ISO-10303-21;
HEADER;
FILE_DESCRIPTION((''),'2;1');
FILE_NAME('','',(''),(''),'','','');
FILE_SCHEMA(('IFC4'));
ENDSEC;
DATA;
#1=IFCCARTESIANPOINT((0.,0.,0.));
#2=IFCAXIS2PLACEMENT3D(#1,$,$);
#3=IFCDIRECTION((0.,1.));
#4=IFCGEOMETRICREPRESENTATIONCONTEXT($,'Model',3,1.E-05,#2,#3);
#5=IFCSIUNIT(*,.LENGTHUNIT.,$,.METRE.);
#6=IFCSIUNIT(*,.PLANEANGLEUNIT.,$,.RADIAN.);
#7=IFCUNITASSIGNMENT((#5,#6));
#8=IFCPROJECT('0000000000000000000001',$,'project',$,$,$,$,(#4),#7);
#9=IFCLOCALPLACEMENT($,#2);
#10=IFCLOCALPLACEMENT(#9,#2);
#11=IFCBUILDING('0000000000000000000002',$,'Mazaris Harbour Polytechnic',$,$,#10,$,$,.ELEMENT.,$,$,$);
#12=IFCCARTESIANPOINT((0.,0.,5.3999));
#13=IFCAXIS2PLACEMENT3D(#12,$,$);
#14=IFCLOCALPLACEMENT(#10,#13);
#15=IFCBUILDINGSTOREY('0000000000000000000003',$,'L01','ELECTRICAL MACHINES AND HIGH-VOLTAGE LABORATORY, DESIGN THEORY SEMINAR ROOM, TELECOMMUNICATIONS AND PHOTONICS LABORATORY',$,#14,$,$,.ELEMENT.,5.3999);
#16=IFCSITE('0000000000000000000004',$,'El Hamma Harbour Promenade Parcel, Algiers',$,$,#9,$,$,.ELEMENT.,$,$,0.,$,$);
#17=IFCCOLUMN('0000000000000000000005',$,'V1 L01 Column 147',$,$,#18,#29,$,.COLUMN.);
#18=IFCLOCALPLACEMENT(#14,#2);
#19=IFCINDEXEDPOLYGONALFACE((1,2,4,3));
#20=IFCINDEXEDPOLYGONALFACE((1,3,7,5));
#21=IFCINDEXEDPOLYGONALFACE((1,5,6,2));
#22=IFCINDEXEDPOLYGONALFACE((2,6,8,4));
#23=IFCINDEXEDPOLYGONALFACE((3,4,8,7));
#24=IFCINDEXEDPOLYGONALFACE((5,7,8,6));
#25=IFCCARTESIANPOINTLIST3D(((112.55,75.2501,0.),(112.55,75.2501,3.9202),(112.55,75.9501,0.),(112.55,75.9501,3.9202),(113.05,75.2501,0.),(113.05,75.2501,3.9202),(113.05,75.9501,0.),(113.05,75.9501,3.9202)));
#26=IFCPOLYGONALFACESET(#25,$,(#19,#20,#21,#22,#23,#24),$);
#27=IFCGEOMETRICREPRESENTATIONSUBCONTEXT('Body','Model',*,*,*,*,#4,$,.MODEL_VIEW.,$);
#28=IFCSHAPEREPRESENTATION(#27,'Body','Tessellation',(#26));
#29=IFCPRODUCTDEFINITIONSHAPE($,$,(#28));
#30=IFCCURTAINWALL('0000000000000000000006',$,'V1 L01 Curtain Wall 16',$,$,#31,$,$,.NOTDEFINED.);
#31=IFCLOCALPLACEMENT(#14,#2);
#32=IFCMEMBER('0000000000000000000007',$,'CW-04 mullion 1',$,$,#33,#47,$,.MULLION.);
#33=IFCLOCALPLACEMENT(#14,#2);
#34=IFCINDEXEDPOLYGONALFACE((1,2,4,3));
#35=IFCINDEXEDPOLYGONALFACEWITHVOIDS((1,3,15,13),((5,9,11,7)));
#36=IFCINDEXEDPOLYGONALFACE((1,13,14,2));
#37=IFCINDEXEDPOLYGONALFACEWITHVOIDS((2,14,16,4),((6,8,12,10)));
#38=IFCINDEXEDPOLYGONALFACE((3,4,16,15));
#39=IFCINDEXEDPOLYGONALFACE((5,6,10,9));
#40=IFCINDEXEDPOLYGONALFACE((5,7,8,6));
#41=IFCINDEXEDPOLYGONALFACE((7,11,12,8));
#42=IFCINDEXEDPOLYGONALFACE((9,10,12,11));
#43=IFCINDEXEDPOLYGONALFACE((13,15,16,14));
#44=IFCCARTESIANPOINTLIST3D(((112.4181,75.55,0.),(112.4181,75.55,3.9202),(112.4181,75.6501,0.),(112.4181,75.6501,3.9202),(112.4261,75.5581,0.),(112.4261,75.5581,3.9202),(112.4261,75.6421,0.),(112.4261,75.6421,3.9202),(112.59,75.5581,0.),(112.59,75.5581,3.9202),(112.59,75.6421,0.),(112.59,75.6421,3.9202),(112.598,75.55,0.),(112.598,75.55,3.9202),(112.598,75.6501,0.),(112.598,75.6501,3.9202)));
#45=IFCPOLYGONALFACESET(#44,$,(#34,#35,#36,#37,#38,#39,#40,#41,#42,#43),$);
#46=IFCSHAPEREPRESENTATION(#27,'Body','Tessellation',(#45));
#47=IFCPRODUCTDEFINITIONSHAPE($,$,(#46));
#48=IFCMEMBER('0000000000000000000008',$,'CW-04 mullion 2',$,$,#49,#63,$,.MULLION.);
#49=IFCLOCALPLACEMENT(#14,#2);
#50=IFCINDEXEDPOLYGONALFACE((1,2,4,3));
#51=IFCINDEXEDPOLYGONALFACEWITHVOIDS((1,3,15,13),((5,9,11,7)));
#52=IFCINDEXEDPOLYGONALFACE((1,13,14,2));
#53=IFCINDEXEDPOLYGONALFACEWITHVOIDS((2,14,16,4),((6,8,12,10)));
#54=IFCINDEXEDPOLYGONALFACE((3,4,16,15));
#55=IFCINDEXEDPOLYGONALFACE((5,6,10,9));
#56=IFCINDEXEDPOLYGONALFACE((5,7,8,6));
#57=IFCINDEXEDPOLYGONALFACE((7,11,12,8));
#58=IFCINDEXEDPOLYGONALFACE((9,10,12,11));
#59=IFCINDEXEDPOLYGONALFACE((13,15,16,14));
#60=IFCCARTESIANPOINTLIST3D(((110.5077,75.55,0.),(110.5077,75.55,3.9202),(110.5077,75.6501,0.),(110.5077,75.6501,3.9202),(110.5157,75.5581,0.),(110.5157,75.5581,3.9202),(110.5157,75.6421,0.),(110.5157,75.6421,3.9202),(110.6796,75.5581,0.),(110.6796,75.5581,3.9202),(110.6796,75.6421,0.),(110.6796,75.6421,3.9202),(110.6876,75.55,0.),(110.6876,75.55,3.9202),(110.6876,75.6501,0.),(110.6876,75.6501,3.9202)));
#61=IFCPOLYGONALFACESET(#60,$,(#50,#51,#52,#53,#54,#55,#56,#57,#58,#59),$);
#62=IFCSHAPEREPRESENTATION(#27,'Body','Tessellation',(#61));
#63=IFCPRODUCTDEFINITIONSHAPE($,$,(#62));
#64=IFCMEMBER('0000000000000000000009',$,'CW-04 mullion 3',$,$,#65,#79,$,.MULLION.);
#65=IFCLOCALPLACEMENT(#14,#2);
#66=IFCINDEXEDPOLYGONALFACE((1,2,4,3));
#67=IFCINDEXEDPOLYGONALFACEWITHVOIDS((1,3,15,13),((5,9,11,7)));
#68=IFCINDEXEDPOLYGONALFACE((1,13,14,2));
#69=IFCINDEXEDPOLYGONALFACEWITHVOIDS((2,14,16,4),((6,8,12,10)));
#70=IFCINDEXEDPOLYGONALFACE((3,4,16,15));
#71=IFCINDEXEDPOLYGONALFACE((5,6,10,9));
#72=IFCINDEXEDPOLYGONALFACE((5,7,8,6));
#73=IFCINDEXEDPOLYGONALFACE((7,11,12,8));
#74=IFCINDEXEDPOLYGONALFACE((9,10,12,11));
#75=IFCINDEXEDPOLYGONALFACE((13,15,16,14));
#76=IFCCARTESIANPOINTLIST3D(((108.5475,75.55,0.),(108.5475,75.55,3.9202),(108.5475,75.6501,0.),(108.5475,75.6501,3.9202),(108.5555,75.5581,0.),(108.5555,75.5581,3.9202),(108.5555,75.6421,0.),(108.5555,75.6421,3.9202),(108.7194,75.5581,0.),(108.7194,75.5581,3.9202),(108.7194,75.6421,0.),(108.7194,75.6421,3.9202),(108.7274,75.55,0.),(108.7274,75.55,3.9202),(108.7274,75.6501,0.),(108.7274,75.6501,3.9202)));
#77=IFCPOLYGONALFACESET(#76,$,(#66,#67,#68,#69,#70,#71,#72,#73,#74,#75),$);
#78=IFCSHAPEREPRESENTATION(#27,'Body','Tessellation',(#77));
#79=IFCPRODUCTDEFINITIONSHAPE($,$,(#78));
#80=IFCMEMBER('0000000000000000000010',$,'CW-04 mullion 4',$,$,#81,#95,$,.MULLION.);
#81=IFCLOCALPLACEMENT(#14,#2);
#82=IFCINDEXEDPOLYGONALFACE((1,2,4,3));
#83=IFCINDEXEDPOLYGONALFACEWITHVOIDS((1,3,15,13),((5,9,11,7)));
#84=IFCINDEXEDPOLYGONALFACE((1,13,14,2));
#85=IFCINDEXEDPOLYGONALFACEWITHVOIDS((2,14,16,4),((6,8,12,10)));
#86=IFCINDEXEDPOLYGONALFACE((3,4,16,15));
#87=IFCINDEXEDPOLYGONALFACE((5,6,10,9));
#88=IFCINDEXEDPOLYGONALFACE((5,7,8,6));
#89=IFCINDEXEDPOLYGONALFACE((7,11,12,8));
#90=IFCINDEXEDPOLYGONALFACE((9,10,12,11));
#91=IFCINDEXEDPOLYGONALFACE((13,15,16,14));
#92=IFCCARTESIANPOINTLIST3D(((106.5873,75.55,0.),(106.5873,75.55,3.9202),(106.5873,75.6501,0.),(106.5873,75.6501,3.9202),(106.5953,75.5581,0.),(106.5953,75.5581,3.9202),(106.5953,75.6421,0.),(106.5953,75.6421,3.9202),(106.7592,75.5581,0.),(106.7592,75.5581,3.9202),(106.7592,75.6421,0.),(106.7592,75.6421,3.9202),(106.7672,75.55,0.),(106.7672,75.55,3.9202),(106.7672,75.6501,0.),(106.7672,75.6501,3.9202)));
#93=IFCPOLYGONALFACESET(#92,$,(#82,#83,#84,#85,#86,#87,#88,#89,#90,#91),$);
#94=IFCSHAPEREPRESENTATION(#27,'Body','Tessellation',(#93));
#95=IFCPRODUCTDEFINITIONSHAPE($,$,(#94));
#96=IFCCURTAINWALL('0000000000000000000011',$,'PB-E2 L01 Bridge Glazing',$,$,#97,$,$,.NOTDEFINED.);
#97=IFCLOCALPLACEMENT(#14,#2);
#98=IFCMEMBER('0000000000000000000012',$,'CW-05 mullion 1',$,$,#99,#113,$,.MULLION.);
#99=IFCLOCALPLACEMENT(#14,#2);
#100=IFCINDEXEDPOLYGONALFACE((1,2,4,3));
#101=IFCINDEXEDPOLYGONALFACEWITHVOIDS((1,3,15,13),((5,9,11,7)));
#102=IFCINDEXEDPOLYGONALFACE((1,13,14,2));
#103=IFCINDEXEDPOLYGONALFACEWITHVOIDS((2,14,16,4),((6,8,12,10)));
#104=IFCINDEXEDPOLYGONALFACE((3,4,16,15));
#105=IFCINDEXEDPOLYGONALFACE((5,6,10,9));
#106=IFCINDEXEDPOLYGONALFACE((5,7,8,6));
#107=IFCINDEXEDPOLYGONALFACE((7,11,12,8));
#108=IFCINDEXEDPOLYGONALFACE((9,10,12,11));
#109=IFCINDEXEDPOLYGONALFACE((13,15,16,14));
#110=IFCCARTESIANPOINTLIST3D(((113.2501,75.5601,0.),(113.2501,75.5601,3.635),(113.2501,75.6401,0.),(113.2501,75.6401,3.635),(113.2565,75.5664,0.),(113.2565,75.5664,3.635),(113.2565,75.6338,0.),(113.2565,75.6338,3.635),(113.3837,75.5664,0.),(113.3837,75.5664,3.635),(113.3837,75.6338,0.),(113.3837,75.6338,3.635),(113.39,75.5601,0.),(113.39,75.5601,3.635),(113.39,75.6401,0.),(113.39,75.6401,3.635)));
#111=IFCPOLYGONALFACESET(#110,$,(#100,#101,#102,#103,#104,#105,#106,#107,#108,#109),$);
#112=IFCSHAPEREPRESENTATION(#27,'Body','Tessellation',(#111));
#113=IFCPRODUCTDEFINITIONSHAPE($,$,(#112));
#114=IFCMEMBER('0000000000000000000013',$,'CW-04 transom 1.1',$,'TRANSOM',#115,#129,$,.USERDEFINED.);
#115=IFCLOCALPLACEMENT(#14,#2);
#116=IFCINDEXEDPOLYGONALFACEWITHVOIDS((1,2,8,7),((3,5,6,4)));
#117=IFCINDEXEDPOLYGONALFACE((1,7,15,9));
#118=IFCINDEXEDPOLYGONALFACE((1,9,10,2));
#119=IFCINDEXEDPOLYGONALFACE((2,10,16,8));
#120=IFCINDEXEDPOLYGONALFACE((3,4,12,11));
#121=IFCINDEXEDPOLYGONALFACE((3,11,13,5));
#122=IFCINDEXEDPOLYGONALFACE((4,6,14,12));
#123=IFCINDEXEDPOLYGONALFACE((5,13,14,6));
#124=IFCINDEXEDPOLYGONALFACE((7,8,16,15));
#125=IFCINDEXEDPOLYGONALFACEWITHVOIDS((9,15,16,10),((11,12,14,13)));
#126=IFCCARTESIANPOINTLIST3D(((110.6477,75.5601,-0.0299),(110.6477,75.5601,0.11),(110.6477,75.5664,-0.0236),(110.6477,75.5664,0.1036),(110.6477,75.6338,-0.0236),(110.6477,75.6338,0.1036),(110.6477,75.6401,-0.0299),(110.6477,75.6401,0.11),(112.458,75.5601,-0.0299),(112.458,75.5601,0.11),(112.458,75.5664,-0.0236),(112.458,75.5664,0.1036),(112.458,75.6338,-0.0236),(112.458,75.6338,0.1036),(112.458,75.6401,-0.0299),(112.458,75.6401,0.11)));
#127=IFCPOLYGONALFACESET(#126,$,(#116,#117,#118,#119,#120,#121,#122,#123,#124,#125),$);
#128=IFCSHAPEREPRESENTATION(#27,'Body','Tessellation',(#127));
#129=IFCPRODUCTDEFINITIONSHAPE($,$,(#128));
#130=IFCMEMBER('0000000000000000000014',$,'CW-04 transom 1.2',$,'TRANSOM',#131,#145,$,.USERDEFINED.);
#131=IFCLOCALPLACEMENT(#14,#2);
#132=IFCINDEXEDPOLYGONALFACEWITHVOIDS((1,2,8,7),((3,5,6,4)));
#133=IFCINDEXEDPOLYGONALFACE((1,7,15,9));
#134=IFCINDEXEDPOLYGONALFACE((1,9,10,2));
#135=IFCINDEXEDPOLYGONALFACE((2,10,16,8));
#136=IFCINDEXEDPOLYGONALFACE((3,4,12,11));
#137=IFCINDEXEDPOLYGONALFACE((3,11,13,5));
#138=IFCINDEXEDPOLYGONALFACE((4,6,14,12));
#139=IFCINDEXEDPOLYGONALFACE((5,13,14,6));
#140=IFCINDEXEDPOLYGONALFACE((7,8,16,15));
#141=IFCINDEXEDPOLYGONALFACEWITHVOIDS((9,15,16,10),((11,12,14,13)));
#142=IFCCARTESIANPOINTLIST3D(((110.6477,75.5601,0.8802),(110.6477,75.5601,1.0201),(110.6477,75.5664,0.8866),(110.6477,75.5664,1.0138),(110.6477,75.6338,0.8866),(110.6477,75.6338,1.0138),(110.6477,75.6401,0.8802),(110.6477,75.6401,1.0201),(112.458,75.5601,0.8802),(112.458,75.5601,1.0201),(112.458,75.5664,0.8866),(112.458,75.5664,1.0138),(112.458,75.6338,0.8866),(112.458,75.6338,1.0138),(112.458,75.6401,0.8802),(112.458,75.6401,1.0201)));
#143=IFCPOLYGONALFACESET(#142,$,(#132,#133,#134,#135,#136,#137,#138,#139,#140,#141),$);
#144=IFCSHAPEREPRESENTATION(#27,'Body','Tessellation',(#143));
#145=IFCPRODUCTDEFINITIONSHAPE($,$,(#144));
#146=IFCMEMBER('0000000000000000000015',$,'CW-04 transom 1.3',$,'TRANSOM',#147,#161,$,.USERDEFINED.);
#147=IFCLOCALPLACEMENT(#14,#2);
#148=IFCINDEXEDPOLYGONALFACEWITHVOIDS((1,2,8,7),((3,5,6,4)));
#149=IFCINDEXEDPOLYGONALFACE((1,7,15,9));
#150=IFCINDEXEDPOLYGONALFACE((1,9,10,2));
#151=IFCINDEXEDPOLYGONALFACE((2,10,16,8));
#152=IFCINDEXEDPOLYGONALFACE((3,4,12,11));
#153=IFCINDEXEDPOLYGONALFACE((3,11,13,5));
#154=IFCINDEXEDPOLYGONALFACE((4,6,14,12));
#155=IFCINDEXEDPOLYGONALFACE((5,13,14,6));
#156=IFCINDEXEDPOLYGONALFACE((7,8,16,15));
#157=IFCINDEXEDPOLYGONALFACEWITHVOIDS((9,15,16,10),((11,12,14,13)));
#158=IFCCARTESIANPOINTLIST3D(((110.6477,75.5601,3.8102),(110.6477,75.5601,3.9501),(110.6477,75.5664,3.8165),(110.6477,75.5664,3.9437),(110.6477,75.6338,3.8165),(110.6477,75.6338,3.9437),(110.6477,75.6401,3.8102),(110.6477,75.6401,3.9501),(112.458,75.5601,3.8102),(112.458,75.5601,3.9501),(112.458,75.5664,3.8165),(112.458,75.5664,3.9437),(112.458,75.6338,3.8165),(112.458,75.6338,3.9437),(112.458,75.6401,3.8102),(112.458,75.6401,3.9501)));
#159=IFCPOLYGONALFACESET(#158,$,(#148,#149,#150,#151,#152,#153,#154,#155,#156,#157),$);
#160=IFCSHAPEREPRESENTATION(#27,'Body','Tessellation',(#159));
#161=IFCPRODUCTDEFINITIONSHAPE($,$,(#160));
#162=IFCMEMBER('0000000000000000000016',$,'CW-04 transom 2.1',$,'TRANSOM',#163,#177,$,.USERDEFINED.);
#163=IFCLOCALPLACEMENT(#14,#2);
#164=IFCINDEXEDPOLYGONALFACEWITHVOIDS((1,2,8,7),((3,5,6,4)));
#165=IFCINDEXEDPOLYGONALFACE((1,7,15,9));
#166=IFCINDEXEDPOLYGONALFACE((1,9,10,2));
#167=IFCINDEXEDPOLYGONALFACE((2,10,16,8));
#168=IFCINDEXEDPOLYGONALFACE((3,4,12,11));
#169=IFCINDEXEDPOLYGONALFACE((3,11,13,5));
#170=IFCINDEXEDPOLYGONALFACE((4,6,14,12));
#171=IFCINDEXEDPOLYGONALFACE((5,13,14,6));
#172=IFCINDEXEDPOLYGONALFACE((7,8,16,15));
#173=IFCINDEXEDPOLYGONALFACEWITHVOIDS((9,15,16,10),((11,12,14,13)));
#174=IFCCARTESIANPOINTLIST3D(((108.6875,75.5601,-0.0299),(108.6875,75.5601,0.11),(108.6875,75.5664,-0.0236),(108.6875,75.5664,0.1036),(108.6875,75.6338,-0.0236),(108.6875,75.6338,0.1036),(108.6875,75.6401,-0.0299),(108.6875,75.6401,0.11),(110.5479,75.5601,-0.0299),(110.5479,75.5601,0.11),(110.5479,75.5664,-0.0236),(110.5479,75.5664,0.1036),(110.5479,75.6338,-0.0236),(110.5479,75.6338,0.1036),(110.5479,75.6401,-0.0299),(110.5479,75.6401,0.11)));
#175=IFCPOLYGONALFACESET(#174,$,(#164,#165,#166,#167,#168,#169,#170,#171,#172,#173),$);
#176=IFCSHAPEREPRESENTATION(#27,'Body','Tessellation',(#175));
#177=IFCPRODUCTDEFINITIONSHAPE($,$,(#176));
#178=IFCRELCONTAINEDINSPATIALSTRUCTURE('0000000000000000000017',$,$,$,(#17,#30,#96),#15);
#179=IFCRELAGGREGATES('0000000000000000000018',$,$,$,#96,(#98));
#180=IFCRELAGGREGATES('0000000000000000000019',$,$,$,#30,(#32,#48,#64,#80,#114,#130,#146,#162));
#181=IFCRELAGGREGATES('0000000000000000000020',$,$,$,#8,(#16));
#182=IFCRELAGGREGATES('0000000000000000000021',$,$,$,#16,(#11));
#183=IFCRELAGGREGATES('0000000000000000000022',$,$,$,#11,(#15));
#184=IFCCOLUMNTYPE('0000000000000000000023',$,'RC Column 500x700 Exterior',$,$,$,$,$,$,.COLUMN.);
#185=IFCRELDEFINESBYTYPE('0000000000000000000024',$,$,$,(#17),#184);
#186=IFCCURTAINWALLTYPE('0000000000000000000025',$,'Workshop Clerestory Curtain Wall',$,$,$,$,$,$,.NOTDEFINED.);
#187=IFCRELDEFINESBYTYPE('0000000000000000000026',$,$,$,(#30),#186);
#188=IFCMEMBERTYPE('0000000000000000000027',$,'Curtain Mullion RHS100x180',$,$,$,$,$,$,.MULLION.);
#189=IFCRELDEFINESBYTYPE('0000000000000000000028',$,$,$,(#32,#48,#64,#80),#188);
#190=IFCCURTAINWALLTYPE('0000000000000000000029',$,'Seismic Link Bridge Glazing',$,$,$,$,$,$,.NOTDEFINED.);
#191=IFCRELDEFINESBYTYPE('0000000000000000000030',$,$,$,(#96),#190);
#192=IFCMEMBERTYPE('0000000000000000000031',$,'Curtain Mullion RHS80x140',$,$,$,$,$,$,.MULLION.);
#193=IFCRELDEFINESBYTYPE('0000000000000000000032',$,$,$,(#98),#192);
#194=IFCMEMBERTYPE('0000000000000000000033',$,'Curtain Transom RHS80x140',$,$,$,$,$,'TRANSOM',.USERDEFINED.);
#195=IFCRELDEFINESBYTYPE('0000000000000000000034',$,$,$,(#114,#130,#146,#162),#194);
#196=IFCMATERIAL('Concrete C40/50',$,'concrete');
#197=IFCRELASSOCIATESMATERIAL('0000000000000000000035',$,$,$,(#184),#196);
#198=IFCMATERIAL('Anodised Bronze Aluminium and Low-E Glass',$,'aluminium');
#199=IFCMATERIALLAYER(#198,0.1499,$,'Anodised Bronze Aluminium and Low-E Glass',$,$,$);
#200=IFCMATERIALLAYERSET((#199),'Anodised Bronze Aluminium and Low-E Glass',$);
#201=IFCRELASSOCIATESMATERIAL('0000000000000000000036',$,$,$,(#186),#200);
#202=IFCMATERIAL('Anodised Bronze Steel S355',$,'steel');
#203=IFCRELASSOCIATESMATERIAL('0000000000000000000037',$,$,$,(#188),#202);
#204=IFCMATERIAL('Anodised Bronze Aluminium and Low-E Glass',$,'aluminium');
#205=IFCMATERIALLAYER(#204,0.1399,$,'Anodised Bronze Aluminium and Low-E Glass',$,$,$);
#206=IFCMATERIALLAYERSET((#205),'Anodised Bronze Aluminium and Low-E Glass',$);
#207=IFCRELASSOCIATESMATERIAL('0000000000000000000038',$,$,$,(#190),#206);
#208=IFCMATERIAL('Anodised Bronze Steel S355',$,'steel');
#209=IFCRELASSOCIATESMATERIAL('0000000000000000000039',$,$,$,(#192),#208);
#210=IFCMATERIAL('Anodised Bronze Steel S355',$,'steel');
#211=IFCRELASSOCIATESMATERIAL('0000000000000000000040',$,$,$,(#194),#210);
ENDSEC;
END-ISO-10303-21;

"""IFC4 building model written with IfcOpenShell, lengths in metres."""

from ifc_helpers import new_model, si_unit, direction, frame, origin, origin_2d, place, context, subcontext, project, spatial, rectangle, hollow_rectangle, extrude, material, layer, layer_set, material_profile, profile_set, type_object, element, aggregate, save


model = new_model("IFC4")

# Units and contexts
model_context = context("Model", 3, precision=1e-05, world=origin(), true_north=direction((0.0, 1.0)))
body_context = subcontext(model_context, "Body", "Model", "MODEL_VIEW")
ifc_project = project(units=[si_unit("LENGTHUNIT", "METRE"), si_unit("PLANEANGLEUNIT", "RADIAN")], contexts=[model_context])

# Site, building, storey
site_placement = place(None, origin())
site = spatial("IfcSite", under=ifc_project, at=site_placement, Name="El Hamma Harbour Promenade Parcel, Algiers", CompositionType="ELEMENT", RefElevation=0.0)
building_placement = place(site_placement, origin())
building = spatial("IfcBuilding", under=site, at=building_placement, Name="Mazaris Harbour Polytechnic", CompositionType="ELEMENT")
storey_placement = place(building_placement, frame((0.0, 0.0, 5.3999)))
storey = spatial("IfcBuildingStorey", under=building, at=storey_placement, Name="L01", Description="ELECTRICAL MACHINES AND HIGH-VOLTAGE LABORATORY, DESIGN THEORY SEMINAR ROOM, TELECOMMUNICATIONS AND PHOTONICS LABORATORY", CompositionType="ELEMENT", Elevation=5.3999)

# Column
ifc_material_1 = material(Name="Concrete C40/50", Category="concrete")
ifc_material_profile_1 = material_profile(ifc_material_1, rectangle(XDim=0.5, YDim=0.7, at=origin_2d()), Name="RECT500x700")
ifc_profile_set_1 = profile_set([ifc_material_profile_1], Name="Concrete C40/50")
column_type = type_object("IfcColumnType", Name="RC Column 500x700 Exterior", PredefinedType="COLUMN", material=ifc_profile_set_1)
column_placement = place(storey_placement, frame((112.8, 75.6001, 0.0), z_axis=(0.0, 0.0, 1.0), x_axis=(1.0, 0.0, 0.0)))
element("IfcColumn", 1, at=column_placement, inside=storey, type_object=column_type, Name="V1 L01 Column 147", PredefinedType="COLUMN", context=body_context, shape_type="SweptSolid", body=[
    extrude(rectangle(XDim=0.5, YDim=0.7, at=origin_2d()), origin(), (0.0, 0.0, 1.0), 3.9202),
])

# Curtain wall, members
ifc_material_2 = material(Name="Anodised Bronze Aluminium and Low-E Glass", Category="aluminium")
ifc_layer_1 = layer(ifc_material_2, 0.1499, Name="Anodised Bronze Aluminium and Low-E Glass")
ifc_layer_set_1 = layer_set([ifc_layer_1], Name="Anodised Bronze Aluminium and Low-E Glass")
curtain_wall_type_1 = type_object("IfcCurtainWallType", Name="Workshop Clerestory Curtain Wall", PredefinedType="NOTDEFINED", material=ifc_layer_set_1)
curtain_wall_1_placement = place(storey_placement, origin())
curtain_wall_1 = element("IfcCurtainWall", 2, at=curtain_wall_1_placement, inside=storey, type_object=curtain_wall_type_1, Name="V1 L01 Curtain Wall 16", PredefinedType="NOTDEFINED")
ifc_material_3 = material(Name="Anodised Bronze Steel S355", Category="steel")
ifc_material_profile_2 = material_profile(ifc_material_3, hollow_rectangle(XDim=0.1001, YDim=0.1799, WallThickness=0.0081, at=origin_2d()), Name="RHS 100x180x8.0")
ifc_profile_set_2 = profile_set([ifc_material_profile_2], Name="Anodised Bronze Steel S355")
member_type_1 = type_object("IfcMemberType", Name="Curtain Mullion RHS100x180", PredefinedType="MULLION", material=ifc_profile_set_2)
member_1_placement = place(storey_placement, frame((112.5081, 75.6001, 0.0), z_axis=(0.0, 0.0, 1.0), x_axis=(0.0, -1.0, 0.0)))
member_1 = element("IfcMember", 3, at=member_1_placement, type_object=member_type_1, Name="CW-04 mullion 1", PredefinedType="MULLION", context=body_context, shape_type="SweptSolid", body=[
    extrude(hollow_rectangle(XDim=0.1001, YDim=0.1799, WallThickness=0.0081, at=origin_2d()), origin(), (0.0, 0.0, 1.0), 3.9202),
])
member_2_placement = place(storey_placement, frame((110.5977, 75.6001, 0.0), z_axis=(0.0, 0.0, 1.0), x_axis=(0.0, -1.0, 0.0)))
member_2 = element("IfcMember", 4, at=member_2_placement, type_object=member_type_1, Name="CW-04 mullion 2", PredefinedType="MULLION", context=body_context, shape_type="SweptSolid", body=[
    extrude(hollow_rectangle(XDim=0.1001, YDim=0.1799, WallThickness=0.0081, at=origin_2d()), origin(), (0.0, 0.0, 1.0), 3.9202),
])
member_3_placement = place(storey_placement, frame((108.6375, 75.6001, 0.0), z_axis=(0.0, 0.0, 1.0), x_axis=(0.0, -1.0, 0.0)))
member_3 = element("IfcMember", 5, at=member_3_placement, type_object=member_type_1, Name="CW-04 mullion 3", PredefinedType="MULLION", context=body_context, shape_type="SweptSolid", body=[
    extrude(hollow_rectangle(XDim=0.1001, YDim=0.1799, WallThickness=0.0081, at=origin_2d()), origin(), (0.0, 0.0, 1.0), 3.9202),
])
member_4_placement = place(storey_placement, frame((106.6772, 75.6001, 0.0), z_axis=(0.0, 0.0, 1.0), x_axis=(0.0, -1.0, 0.0)))
member_4 = element("IfcMember", 6, at=member_4_placement, type_object=member_type_1, Name="CW-04 mullion 4", PredefinedType="MULLION", context=body_context, shape_type="SweptSolid", body=[
    extrude(hollow_rectangle(XDim=0.1001, YDim=0.1799, WallThickness=0.0081, at=origin_2d()), origin(), (0.0, 0.0, 1.0), 3.9202),
])

# Curtain wall, member
ifc_material_4 = material(Name="Anodised Bronze Aluminium and Low-E Glass", Category="aluminium")
ifc_layer_2 = layer(ifc_material_4, 0.1399, Name="Anodised Bronze Aluminium and Low-E Glass")
ifc_layer_set_2 = layer_set([ifc_layer_2], Name="Anodised Bronze Aluminium and Low-E Glass")
curtain_wall_type_2 = type_object("IfcCurtainWallType", Name="Seismic Link Bridge Glazing", PredefinedType="NOTDEFINED", material=ifc_layer_set_2)
curtain_wall_2_placement = place(storey_placement, origin())
curtain_wall_2 = element("IfcCurtainWall", 7, at=curtain_wall_2_placement, inside=storey, type_object=curtain_wall_type_2, Name="PB-E2 L01 Bridge Glazing", PredefinedType="NOTDEFINED")
ifc_material_5 = material(Name="Anodised Bronze Steel S355", Category="steel")
ifc_material_profile_3 = material_profile(ifc_material_5, hollow_rectangle(XDim=0.0801, YDim=0.1399, WallThickness=0.0063, at=origin_2d()), Name="RHS 80x140x6.3")
ifc_profile_set_3 = profile_set([ifc_material_profile_3], Name="Anodised Bronze Steel S355")
member_type_2 = type_object("IfcMemberType", Name="Curtain Mullion RHS80x140", PredefinedType="MULLION", material=ifc_profile_set_3)
member_5_placement = place(storey_placement, frame((113.3201, 75.6001, 0.0), z_axis=(0.0, 0.0, 1.0), x_axis=(0.0, 1.0, 0.0)))
member_5 = element("IfcMember", 8, at=member_5_placement, type_object=member_type_2, Name="CW-05 mullion 1", PredefinedType="MULLION", context=body_context, shape_type="SweptSolid", body=[
    extrude(hollow_rectangle(XDim=0.0801, YDim=0.1399, WallThickness=0.0063, at=origin_2d()), origin(), (0.0, 0.0, 1.0), 3.635),
])

# Members
ifc_material_6 = material(Name="Anodised Bronze Steel S355", Category="steel")
ifc_material_profile_4 = material_profile(ifc_material_6, hollow_rectangle(XDim=0.0801, YDim=0.1399, WallThickness=0.0063, at=origin_2d()), Name="RHS 80x140x6.3")
ifc_profile_set_4 = profile_set([ifc_material_profile_4], Name="Anodised Bronze Steel S355")
member_type_3 = type_object("IfcMemberType", Name="Curtain Transom RHS80x140", ElementType="TRANSOM", PredefinedType="USERDEFINED", material=ifc_profile_set_4)
member_6_placement = place(storey_placement, frame((112.458, 75.6001, 0.04), z_axis=(-1.0, 0.0, 0.0), x_axis=(0.0, -1.0, 0.0)))
member_6 = element("IfcMember", 9, at=member_6_placement, type_object=member_type_3, Name="CW-04 transom 1.1", ObjectType="TRANSOM", PredefinedType="USERDEFINED", context=body_context, shape_type="SweptSolid", body=[
    extrude(hollow_rectangle(XDim=0.0801, YDim=0.1399, WallThickness=0.0063, at=origin_2d()), origin(), (0.0, 0.0, 1.0), 1.8103),
])
member_7_placement = place(storey_placement, frame((112.458, 75.6001, 0.9502), z_axis=(-1.0, 0.0, 0.0), x_axis=(0.0, -1.0, 0.0)))
member_7 = element("IfcMember", 10, at=member_7_placement, type_object=member_type_3, Name="CW-04 transom 1.2", ObjectType="TRANSOM", PredefinedType="USERDEFINED", context=body_context, shape_type="SweptSolid", body=[
    extrude(hollow_rectangle(XDim=0.0801, YDim=0.1399, WallThickness=0.0063, at=origin_2d()), origin(), (0.0, 0.0, 1.0), 1.8103),
])
member_8_placement = place(storey_placement, frame((112.458, 75.6001, 3.8801), z_axis=(-1.0, 0.0, 0.0), x_axis=(0.0, -1.0, 0.0)))
member_8 = element("IfcMember", 11, at=member_8_placement, type_object=member_type_3, Name="CW-04 transom 1.3", ObjectType="TRANSOM", PredefinedType="USERDEFINED", context=body_context, shape_type="SweptSolid", body=[
    extrude(hollow_rectangle(XDim=0.0801, YDim=0.1399, WallThickness=0.0063, at=origin_2d()), origin(), (0.0, 0.0, 1.0), 1.8103),
])
member_9_placement = place(storey_placement, frame((110.5479, 75.6001, 0.04), z_axis=(-1.0, 0.0, 0.0), x_axis=(0.0, -1.0, 0.0)))
member_9 = element("IfcMember", 12, at=member_9_placement, type_object=member_type_3, Name="CW-04 transom 2.1", ObjectType="TRANSOM", PredefinedType="USERDEFINED", context=body_context, shape_type="SweptSolid", body=[
    extrude(hollow_rectangle(XDim=0.0801, YDim=0.1399, WallThickness=0.0063, at=origin_2d()), origin(), (0.0, 0.0, 1.0), 1.8604),
])
aggregate(curtain_wall_2, [member_5])

aggregate(curtain_wall_1, [member_1, member_2, member_3, member_4, member_6, member_7, member_8, member_9])

save(model, "model.ifc")
